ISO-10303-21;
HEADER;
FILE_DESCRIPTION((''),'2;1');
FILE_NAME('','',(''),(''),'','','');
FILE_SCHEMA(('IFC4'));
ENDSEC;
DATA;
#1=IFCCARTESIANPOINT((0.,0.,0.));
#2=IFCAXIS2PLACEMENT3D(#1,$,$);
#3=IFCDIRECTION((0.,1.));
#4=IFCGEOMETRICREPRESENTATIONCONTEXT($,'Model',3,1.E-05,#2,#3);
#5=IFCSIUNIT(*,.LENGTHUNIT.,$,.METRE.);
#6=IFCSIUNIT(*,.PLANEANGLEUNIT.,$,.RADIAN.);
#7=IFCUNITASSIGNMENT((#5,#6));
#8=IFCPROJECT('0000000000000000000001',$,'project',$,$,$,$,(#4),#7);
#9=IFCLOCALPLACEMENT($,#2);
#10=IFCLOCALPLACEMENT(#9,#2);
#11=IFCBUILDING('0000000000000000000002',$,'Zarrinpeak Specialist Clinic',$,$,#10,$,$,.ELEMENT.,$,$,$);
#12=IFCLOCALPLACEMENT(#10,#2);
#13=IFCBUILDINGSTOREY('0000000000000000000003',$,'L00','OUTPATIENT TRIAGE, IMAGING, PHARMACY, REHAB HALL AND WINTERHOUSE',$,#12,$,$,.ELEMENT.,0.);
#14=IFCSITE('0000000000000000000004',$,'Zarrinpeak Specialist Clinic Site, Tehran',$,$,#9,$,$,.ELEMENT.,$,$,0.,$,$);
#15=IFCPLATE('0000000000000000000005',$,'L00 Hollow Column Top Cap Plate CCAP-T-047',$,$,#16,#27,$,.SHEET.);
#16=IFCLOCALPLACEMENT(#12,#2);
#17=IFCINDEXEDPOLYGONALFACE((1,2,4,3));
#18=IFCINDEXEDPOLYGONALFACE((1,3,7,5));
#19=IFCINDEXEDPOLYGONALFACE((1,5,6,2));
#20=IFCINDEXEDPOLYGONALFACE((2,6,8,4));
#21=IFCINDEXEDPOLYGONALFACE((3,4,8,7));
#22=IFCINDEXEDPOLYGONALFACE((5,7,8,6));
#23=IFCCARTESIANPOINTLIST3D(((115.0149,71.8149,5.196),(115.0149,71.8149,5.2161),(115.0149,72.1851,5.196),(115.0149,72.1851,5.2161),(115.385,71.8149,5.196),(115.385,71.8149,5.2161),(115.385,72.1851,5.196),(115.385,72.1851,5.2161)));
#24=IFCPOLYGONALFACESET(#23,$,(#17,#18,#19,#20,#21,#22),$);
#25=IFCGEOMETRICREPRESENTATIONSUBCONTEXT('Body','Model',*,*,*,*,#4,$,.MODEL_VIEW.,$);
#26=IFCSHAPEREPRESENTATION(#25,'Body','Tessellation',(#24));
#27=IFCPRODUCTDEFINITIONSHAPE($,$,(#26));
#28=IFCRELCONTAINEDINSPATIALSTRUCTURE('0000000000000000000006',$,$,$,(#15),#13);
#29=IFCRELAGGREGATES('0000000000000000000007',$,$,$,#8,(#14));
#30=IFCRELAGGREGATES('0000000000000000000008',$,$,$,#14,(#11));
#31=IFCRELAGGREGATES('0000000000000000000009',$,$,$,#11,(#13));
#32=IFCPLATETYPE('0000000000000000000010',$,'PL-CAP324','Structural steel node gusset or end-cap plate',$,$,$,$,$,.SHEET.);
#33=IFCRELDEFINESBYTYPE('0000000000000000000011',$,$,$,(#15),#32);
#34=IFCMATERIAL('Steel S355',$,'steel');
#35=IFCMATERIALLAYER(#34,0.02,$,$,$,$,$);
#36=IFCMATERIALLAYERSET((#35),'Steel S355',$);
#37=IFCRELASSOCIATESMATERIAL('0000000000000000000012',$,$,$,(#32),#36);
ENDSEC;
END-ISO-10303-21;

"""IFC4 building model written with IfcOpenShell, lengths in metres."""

from ifc_helpers import new_model, si_unit, direction, frame, origin, origin_2d, place, context, subcontext, project, spatial, rectangle, extrude, material, layer, layer_set, type_object, element, save


model = new_model("IFC4")

# Units and contexts
model_context = context("Model", 3, precision=1e-05, world=origin(), true_north=direction((0.0, 1.0)))
body_context = subcontext(model_context, "Body", "Model", "MODEL_VIEW")
ifc_project = project(units=[si_unit("LENGTHUNIT", "METRE"), si_unit("PLANEANGLEUNIT", "RADIAN")], contexts=[model_context])

# Site, building, storey
site_placement = place(None, origin())
site = spatial("IfcSite", under=ifc_project, at=site_placement, Name="Zarrinpeak Specialist Clinic Site, Tehran", CompositionType="ELEMENT", RefElevation=0.0)
building_placement = place(site_placement, origin())
building = spatial("IfcBuilding", under=site, at=building_placement, Name="Zarrinpeak Specialist Clinic", CompositionType="ELEMENT")
storey_placement = place(building_placement, origin())
storey = spatial("IfcBuildingStorey", under=building, at=storey_placement, Name="L00", Description="OUTPATIENT TRIAGE, IMAGING, PHARMACY, REHAB HALL AND WINTERHOUSE", CompositionType="ELEMENT", Elevation=0.0)

# Shared definitions
ifc_material_1 = material(Name="Steel S355", Category="steel")

# Plate
ifc_layer_1 = layer(ifc_material_1, 0.02)
ifc_layer_set_1 = layer_set([ifc_layer_1], Name="Steel S355")
plate_type_1 = type_object("IfcPlateType", Name="PL-CAP324", Description="Structural steel node gusset or end-cap plate", PredefinedType="SHEET", material=ifc_layer_set_1)
plate_1_placement = place(storey_placement, frame((115.2, 72.0, 5.196), z_axis=(0.0, 0.0, 1.0), x_axis=(1.0, 0.0, 0.0)))
element("IfcPlate", 1, at=plate_1_placement, inside=storey, type_object=plate_type_1, Name="L00 Hollow Column Top Cap Plate CCAP-T-047", PredefinedType="SHEET", context=body_context, shape_type="SweptSolid", body=[
    extrude(rectangle(XDim=0.3701, YDim=0.3701, at=origin_2d()), origin(), (0.0, 0.0, 1.0), 0.02),
])

save(model, "model.ifc")
